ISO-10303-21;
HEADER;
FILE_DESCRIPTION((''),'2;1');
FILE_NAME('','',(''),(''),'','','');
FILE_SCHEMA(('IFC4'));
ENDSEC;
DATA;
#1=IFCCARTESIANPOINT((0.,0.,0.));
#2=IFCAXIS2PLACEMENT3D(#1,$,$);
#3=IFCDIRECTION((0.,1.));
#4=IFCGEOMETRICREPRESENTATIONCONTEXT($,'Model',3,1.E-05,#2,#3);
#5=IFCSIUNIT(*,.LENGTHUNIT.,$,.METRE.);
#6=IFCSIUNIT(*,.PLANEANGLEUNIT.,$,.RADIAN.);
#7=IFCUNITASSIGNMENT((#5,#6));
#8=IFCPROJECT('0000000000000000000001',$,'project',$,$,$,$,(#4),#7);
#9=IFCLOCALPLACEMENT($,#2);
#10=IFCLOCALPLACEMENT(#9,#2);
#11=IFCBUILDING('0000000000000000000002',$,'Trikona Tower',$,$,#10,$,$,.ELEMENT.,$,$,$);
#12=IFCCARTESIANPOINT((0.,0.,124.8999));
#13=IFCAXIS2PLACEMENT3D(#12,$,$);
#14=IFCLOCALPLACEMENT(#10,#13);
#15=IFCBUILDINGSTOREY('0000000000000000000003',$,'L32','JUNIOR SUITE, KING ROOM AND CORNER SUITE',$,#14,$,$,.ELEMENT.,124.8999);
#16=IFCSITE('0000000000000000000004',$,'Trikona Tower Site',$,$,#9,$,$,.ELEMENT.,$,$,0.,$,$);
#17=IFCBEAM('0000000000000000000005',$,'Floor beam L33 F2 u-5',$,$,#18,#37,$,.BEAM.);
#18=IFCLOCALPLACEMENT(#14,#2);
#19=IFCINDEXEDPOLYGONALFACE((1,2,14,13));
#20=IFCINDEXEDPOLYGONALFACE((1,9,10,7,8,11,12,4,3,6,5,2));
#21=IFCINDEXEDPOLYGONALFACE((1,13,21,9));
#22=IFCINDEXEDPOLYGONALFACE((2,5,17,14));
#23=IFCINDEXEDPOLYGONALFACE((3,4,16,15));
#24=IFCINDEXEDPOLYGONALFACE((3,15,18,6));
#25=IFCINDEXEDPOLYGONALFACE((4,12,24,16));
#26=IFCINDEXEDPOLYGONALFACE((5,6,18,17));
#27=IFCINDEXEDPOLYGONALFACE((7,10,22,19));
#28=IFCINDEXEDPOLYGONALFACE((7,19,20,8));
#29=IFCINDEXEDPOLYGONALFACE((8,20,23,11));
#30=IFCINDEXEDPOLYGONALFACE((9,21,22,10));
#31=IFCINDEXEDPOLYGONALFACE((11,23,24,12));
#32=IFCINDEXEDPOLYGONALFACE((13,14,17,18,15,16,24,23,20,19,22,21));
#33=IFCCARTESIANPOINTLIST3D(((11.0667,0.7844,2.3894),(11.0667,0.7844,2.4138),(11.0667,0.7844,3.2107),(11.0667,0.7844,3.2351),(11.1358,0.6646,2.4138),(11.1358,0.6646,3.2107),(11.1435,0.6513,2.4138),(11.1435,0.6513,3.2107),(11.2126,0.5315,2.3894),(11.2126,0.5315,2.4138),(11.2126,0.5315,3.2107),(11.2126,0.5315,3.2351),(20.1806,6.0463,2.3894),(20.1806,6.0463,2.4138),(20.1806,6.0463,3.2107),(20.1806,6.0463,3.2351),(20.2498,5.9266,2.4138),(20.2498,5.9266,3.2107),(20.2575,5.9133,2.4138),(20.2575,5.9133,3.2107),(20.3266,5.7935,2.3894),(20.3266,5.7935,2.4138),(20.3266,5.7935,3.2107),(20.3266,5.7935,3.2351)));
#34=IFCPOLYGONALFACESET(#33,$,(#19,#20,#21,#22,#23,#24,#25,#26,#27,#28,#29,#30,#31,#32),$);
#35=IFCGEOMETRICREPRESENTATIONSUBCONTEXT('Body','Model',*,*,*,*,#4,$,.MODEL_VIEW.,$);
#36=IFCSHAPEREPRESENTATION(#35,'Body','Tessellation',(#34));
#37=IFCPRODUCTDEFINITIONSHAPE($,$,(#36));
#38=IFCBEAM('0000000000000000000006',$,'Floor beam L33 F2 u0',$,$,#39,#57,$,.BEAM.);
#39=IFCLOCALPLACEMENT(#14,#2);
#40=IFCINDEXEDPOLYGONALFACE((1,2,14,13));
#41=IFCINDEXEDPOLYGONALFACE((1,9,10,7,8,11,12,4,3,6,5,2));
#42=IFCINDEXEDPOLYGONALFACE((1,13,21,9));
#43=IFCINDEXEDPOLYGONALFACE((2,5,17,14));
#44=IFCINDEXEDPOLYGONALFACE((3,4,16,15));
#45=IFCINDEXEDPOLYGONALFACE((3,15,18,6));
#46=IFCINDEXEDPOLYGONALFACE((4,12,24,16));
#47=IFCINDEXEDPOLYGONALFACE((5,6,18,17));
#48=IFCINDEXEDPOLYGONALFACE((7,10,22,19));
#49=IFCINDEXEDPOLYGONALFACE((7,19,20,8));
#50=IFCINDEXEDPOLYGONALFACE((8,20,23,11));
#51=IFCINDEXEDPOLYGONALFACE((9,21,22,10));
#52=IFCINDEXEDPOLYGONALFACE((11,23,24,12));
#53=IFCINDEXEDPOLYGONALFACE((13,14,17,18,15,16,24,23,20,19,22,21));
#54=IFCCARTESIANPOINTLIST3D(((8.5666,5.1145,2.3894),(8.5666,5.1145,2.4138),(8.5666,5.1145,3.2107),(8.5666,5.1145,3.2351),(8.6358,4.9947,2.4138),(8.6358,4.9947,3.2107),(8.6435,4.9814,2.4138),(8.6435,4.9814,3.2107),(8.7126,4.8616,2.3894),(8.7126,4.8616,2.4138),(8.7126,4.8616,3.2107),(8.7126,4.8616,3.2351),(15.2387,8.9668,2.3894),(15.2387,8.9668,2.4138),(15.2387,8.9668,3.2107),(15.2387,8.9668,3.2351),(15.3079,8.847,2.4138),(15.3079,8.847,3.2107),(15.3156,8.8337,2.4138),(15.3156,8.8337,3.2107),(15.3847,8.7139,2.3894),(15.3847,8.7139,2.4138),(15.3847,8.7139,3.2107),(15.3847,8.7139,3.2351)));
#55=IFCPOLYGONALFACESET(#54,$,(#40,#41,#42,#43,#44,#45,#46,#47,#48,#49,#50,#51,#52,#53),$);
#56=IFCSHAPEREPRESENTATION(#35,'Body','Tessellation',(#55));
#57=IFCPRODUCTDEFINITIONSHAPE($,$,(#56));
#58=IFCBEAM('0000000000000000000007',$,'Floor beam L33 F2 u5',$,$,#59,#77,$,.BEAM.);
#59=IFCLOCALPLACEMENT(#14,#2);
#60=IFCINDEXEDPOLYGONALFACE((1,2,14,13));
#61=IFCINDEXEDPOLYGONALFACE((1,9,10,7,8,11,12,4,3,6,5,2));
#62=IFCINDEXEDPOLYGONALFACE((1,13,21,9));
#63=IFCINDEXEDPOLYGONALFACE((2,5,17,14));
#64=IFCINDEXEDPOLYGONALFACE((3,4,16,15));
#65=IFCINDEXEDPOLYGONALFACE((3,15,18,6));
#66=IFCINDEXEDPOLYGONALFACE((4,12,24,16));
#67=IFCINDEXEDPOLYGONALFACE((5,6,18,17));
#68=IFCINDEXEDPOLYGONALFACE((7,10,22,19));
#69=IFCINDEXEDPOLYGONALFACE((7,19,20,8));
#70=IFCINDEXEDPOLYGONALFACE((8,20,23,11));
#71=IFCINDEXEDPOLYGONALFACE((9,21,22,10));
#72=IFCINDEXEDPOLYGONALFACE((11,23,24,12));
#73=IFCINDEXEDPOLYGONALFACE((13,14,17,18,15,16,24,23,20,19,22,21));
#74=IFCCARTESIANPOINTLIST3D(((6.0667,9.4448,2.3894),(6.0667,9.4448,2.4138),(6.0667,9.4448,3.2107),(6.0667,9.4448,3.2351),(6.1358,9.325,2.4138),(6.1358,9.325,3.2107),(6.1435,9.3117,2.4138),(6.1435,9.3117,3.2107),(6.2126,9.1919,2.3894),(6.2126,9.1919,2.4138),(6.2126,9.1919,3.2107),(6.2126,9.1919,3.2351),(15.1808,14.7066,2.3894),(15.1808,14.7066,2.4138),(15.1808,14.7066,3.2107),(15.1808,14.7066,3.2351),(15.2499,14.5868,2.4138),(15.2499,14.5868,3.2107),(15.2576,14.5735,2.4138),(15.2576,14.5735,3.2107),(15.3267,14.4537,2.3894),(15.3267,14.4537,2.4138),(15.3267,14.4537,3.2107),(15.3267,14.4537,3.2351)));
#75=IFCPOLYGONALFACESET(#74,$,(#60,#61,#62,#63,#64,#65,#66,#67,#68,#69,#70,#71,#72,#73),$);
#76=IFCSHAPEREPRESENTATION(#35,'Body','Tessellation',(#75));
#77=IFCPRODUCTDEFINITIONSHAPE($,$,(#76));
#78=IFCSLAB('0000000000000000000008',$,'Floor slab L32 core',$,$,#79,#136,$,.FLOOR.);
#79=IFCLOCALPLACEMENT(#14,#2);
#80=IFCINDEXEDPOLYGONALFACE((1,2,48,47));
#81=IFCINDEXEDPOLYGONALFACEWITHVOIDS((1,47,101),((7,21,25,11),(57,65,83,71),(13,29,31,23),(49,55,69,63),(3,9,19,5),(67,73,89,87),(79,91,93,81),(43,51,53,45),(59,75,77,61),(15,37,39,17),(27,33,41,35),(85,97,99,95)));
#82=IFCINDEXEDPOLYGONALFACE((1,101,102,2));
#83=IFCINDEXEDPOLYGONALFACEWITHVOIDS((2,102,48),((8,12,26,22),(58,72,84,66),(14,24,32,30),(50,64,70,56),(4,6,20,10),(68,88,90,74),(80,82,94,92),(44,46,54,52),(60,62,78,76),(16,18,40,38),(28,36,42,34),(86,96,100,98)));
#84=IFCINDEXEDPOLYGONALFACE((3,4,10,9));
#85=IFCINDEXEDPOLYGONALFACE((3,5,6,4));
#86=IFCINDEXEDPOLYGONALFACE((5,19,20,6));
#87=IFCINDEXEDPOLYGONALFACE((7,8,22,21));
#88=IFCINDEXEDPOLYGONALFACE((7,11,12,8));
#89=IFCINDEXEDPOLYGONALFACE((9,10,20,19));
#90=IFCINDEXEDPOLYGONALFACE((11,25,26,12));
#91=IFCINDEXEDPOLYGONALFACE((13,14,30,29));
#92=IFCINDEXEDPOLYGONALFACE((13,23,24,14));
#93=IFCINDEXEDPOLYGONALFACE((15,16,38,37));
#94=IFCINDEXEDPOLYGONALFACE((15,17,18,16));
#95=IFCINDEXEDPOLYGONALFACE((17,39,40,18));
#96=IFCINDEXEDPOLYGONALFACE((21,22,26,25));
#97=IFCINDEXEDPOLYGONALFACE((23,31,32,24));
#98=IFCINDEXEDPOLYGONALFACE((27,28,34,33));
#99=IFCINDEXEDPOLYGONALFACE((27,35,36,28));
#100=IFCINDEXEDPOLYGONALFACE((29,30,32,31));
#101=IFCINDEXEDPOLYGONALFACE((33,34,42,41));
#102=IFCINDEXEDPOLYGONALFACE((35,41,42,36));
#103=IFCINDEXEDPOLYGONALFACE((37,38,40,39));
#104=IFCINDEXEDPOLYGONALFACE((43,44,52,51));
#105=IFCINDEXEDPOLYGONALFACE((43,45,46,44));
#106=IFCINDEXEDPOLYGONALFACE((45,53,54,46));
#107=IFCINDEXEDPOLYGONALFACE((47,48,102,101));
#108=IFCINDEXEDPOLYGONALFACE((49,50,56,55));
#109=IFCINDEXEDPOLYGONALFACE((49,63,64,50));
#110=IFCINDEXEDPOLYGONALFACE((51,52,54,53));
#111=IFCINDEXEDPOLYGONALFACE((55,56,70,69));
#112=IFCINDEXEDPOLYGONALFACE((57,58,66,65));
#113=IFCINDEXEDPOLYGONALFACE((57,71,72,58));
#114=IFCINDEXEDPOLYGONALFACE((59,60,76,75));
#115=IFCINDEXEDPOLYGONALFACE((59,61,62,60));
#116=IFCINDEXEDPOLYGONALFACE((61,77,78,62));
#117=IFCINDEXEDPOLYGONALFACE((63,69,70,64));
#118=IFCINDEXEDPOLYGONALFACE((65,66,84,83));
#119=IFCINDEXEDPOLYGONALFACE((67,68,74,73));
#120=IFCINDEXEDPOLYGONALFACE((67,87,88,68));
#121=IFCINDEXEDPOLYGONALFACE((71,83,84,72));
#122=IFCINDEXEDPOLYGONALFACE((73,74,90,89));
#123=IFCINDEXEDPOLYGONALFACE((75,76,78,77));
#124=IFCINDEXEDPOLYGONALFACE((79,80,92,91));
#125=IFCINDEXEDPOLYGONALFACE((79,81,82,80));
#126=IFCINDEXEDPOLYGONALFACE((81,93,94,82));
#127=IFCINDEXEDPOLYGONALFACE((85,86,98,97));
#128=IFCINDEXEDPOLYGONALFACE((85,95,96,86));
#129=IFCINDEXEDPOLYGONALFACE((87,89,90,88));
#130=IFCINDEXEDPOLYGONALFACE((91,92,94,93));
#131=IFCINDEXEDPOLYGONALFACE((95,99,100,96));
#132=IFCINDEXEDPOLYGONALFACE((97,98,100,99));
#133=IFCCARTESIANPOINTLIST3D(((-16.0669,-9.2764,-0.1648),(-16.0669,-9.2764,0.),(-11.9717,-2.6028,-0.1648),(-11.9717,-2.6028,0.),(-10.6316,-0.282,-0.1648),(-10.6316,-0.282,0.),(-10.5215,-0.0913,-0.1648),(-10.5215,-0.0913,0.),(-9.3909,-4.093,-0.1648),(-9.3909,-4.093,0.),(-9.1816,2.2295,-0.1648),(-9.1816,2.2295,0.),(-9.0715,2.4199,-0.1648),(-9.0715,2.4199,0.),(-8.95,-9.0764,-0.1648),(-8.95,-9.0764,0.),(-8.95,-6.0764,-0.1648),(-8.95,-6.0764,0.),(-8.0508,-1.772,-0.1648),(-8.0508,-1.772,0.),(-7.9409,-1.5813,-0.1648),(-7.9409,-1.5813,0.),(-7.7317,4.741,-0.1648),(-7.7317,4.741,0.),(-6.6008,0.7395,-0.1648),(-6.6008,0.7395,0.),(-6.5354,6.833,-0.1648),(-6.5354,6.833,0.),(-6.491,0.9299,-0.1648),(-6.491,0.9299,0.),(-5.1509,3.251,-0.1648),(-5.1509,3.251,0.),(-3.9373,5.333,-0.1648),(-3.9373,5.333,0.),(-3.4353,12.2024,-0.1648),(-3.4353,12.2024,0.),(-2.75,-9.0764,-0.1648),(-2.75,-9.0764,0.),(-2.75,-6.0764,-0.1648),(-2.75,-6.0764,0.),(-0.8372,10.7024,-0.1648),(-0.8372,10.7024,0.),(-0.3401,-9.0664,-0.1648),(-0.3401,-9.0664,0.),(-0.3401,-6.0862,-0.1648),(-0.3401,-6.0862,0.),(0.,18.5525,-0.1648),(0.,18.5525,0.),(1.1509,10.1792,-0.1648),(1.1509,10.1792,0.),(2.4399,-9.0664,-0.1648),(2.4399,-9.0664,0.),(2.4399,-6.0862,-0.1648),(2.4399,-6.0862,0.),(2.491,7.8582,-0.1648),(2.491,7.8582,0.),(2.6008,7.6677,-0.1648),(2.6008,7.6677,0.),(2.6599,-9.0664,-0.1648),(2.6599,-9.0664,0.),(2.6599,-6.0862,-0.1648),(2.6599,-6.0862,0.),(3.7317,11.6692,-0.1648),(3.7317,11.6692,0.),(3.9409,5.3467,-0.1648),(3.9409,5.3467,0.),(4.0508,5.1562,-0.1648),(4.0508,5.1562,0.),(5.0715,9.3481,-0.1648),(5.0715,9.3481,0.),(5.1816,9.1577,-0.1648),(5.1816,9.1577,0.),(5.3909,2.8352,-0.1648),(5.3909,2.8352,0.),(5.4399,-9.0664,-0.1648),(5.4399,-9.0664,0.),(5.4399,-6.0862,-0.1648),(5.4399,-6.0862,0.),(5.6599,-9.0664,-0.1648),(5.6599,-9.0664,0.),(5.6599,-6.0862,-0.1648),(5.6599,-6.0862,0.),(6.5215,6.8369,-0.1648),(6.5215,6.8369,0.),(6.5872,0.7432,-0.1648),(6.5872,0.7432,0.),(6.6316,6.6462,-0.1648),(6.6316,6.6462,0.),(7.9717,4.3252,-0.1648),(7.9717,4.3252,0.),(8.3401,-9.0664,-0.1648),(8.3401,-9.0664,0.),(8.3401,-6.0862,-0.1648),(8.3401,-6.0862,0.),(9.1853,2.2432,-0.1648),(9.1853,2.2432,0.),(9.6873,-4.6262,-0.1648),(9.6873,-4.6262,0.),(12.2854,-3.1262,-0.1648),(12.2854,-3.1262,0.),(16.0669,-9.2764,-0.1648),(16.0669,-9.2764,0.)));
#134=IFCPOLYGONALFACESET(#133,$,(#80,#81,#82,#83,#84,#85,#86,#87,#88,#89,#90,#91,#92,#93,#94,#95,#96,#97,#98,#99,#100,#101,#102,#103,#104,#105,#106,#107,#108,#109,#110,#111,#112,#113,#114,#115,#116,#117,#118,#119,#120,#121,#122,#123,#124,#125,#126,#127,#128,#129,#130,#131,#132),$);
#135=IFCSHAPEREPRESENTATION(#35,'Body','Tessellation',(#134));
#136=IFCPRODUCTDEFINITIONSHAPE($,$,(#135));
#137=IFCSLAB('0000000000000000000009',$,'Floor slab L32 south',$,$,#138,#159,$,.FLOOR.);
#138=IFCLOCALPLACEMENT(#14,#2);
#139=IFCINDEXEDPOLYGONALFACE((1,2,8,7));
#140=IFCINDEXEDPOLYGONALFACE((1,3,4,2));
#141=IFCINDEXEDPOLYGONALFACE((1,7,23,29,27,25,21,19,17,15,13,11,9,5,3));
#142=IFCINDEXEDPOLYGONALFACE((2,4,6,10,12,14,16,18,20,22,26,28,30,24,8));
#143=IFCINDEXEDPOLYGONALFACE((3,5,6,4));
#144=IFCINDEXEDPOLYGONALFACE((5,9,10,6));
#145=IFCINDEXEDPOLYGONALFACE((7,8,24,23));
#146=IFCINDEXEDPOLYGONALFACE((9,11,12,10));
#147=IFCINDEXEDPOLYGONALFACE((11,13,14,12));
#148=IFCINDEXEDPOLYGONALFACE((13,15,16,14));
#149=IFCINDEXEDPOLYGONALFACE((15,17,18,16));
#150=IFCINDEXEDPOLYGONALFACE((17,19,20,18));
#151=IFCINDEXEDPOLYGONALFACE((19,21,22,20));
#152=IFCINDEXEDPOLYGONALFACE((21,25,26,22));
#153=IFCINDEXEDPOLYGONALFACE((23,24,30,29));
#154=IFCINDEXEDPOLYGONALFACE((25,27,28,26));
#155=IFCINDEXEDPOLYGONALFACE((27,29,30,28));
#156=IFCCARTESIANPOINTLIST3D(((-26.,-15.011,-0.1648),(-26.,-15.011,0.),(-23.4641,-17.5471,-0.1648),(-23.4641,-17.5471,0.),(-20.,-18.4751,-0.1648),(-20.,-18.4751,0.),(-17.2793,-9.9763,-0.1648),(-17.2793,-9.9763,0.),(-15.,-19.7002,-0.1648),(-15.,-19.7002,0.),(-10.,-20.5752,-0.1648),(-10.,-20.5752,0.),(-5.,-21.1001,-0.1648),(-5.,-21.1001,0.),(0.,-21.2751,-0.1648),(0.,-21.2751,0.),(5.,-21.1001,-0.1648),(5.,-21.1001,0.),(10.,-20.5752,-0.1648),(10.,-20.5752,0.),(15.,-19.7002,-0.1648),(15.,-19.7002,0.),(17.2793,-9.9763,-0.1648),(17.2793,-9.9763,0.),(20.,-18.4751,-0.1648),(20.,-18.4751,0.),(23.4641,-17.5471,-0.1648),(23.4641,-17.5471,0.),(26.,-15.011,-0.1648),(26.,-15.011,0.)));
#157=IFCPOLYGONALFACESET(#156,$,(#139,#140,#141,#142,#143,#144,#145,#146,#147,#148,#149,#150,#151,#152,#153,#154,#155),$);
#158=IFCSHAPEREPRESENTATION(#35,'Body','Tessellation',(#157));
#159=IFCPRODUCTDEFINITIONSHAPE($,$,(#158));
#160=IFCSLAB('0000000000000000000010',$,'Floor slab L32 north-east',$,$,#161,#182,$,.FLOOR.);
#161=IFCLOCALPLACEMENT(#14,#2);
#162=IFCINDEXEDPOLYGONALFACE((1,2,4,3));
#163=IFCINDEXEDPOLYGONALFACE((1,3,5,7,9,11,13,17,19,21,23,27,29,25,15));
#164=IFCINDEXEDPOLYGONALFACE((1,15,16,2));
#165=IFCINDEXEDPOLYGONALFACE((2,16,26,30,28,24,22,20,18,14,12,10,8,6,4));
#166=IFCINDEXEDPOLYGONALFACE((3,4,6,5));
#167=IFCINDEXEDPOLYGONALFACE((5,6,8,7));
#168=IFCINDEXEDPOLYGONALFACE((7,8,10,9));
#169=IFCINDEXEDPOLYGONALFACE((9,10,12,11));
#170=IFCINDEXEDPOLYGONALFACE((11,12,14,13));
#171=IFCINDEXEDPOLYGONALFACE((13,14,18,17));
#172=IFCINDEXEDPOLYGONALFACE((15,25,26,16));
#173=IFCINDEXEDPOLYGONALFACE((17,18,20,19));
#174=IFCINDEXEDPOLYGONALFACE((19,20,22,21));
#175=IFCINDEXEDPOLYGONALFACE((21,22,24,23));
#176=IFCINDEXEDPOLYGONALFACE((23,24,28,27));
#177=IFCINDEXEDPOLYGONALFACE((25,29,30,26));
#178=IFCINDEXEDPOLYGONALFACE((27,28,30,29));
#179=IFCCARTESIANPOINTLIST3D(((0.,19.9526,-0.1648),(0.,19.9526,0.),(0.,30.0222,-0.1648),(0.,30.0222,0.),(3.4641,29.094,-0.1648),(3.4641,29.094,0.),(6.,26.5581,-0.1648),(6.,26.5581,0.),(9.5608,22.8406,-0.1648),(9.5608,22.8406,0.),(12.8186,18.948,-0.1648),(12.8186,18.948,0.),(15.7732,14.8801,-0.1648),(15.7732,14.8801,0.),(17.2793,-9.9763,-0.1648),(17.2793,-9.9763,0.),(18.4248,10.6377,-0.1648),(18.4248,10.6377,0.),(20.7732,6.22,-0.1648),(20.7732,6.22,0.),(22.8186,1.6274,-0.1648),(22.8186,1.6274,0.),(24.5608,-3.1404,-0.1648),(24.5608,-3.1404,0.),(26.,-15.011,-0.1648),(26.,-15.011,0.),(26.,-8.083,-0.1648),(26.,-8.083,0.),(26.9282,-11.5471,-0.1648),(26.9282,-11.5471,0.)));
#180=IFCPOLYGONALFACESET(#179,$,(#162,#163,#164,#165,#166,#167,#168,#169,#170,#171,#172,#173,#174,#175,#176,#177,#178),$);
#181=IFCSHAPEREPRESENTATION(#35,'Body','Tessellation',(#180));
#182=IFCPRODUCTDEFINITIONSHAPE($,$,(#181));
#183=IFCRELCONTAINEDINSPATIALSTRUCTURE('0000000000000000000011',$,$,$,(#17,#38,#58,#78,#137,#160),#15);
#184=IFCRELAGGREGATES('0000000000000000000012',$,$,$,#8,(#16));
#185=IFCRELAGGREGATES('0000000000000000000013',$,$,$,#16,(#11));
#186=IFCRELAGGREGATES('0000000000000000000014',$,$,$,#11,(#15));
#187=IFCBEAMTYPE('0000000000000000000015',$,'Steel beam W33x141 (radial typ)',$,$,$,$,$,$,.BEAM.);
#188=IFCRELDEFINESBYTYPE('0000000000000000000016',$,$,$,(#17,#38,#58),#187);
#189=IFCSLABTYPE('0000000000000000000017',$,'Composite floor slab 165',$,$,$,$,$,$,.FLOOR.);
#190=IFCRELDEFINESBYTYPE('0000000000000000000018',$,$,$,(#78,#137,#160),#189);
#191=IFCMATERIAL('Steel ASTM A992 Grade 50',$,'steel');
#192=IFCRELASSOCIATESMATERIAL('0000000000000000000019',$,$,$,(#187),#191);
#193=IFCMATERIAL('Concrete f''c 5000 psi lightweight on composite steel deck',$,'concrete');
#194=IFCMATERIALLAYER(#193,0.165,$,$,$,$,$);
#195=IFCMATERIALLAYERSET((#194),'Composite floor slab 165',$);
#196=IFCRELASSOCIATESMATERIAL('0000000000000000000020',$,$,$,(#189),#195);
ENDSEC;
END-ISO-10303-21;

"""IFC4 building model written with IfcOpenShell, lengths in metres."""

from ifc_helpers import new_model, si_unit, direction, frame, origin, origin_2d, place, context, subcontext, project, spatial, polyline, i_section, outline, extrude, material, layer, layer_set, material_profile, profile_set, type_object, element, save


model = new_model("IFC4")

# Units and contexts
model_context = context("Model", 3, precision=1e-05, world=origin(), true_north=direction((0.0, 1.0)))
body_context = subcontext(model_context, "Body", "Model", "MODEL_VIEW")
ifc_project = project(units=[si_unit("LENGTHUNIT", "METRE"), si_unit("PLANEANGLEUNIT", "RADIAN")], contexts=[model_context])

# Site, building, storey
site_placement = place(None, origin())
site = spatial("IfcSite", under=ifc_project, at=site_placement, Name="Trikona Tower Site", CompositionType="ELEMENT", RefElevation=0.0)
building_placement = place(site_placement, origin())
building = spatial("IfcBuilding", under=site, at=building_placement, Name="Trikona Tower", CompositionType="ELEMENT")
storey_placement = place(building_placement, frame((0.0, 0.0, 124.8999)))
storey = spatial("IfcBuildingStorey", under=building, at=storey_placement, Name="L32", Description="JUNIOR SUITE, KING ROOM AND CORNER SUITE", CompositionType="ELEMENT", Elevation=124.8999)

# Beams
ifc_material_1 = material(Name="Steel ASTM A992 Grade 50", Category="steel")
ifc_material_profile = material_profile(ifc_material_1, i_section(OverallWidth=0.292, OverallDepth=0.8457, WebThickness=0.0154, FlangeThickness=0.0244, at=origin_2d()), Name="W33X141")
ifc_profile_set = profile_set([ifc_material_profile], Name="Steel ASTM A992 Grade 50")
beam_type = type_object("IfcBeamType", Name="Steel beam W33x141 (radial typ)", PredefinedType="BEAM", material=ifc_profile_set)
beam_1_placement = place(storey_placement, frame((11.1396, 0.658, 2.8123), z_axis=(0.866026, 0.499999, 0.0), x_axis=(-0.499999, 0.866026, 0.0)))
element("IfcBeam", 1, at=beam_1_placement, inside=storey, type_object=beam_type, Name="Floor beam L33 F2 u-5", PredefinedType="BEAM", context=body_context, shape_type="SweptSolid", body=[
    extrude(i_section(OverallWidth=0.292, OverallDepth=0.8457, WebThickness=0.0154, FlangeThickness=0.0244, at=origin_2d()), origin(), (0.0, 0.0, 1.0), 10.5239),
])
beam_2_placement = place(storey_placement, frame((8.6396, 4.988, 2.8123), z_axis=(0.866017, 0.500014, 0.0), x_axis=(-0.500014, 0.866017, 0.0)))
element("IfcBeam", 2, at=beam_2_placement, inside=storey, type_object=beam_type, Name="Floor beam L33 F2 u0", PredefinedType="BEAM", context=body_context, shape_type="SweptSolid", body=[
    extrude(i_section(OverallWidth=0.292, OverallDepth=0.8457, WebThickness=0.0154, FlangeThickness=0.0244, at=origin_2d()), origin(), (0.0, 0.0, 1.0), 7.7043),
])
beam_3_placement = place(storey_placement, frame((6.1396, 9.3184, 2.8123), z_axis=(0.866036, 0.499982, 0.0), x_axis=(-0.499982, 0.866036, 0.0)))
element("IfcBeam", 3, at=beam_3_placement, inside=storey, type_object=beam_type, Name="Floor beam L33 F2 u5", PredefinedType="BEAM", context=body_context, shape_type="SweptSolid", body=[
    extrude(i_section(OverallWidth=0.292, OverallDepth=0.8457, WebThickness=0.0154, FlangeThickness=0.0244, at=origin_2d()), origin(), (0.0, 0.0, 1.0), 10.5239),
])

# Slabs
ifc_material_2 = material(Name="Concrete f'c 5000 psi lightweight on composite steel deck", Category="concrete")
ifc_layer_1 = layer(ifc_material_2, 0.165)
ifc_layer_set_1 = layer_set([ifc_layer_1], Name="Composite floor slab 165")
slab_type_1 = type_object("IfcSlabType", Name="Composite floor slab 165", PredefinedType="FLOOR", material=ifc_layer_set_1)
slab_1_placement = place(storey_placement, frame((0.0, 0.0, -0.1648)))
element("IfcSlab", 4, at=slab_1_placement, inside=storey, type_object=slab_type_1, Name="Floor slab L32 core", PredefinedType="FLOOR", context=body_context, shape_type="SweptSolid", body=[
    extrude(outline(polyline([(-16.0669, -9.2764), (16.0669, -9.2764), (0.0, 18.5525), (-16.0669, -9.2764)]), holes=[polyline([(12.2854, -3.1262), (9.1853, 2.2432), (6.5872, 0.7432), (9.6873, -4.6262), (12.2854, -3.1262)]), polyline([(8.3401, -9.0664), (8.3401, -6.0862), (5.6599, -6.0862), (5.6599, -9.0664), (8.3401, -9.0664)]), polyline([(5.3909, 2.8352), (7.9717, 4.3252), (6.6316, 6.6462), (4.0508, 5.1562), (5.3909, 2.8352)]), polyline([(2.6008, 7.6677), (3.9409, 5.3467), (6.5215, 6.8369), (5.1816, 9.1577), (2.6008, 7.6677)]), polyline([(5.4399, -6.0862), (2.6599, -6.0862), (2.6599, -9.0664), (5.4399, -9.0664), (5.4399, -6.0862)]), polyline([(3.7317, 11.6692), (1.1509, 10.1792), (2.491, 7.8582), (5.0715, 9.3481), (3.7317, 11.6692)]), polyline([(-0.3401, -6.0862), (-0.3401, -9.0664), (2.4399, -9.0664), (2.4399, -6.0862), (-0.3401, -6.0862)]), polyline([(-3.4353, 12.2024), (-6.5354, 6.833), (-3.9373, 5.333), (-0.8372, 10.7024), (-3.4353, 12.2024)]), polyline([(-8.95, -9.0764), (-2.75, -9.0764), (-2.75, -6.0764), (-8.95, -6.0764), (-8.95, -9.0764)]), polyline([(-5.1509, 3.251), (-7.7317, 4.741), (-9.0715, 2.4199), (-6.491, 0.9299), (-5.1509, 3.251)]), polyline([(-7.9409, -1.5813), (-6.6008, 0.7395), (-9.1816, 2.2295), (-10.5215, -0.0913), (-7.9409, -1.5813)]), polyline([(-11.9717, -2.6028), (-9.3909, -4.093), (-8.0508, -1.772), (-10.6316, -0.282), (-11.9717, -2.6028)])]), origin(), (0.0, 0.0, 1.0), 0.1648),
])
slab_2_placement = place(storey_placement, frame((0.0, 0.0, -0.1648)))
element("IfcSlab", 5, at=slab_2_placement, inside=storey, type_object=slab_type_1, Name="Floor slab L32 south", PredefinedType="FLOOR", context=body_context, shape_type="SweptSolid", body=[
    extrude(outline(polyline([(23.4641, -17.5471), (26.0, -15.011), (17.2793, -9.9763), (-17.2793, -9.9763), (-26.0, -15.011), (-23.4641, -17.5471), (-20.0, -18.4751), (-15.0, -19.7002), (-10.0, -20.5752), (-5.0, -21.1001), (0.0, -21.2751), (5.0, -21.1001), (10.0, -20.5752), (15.0, -19.7002), (20.0, -18.4751), (23.4641, -17.5471)])), origin(), (0.0, 0.0, 1.0), 0.1648),
])
slab_3_placement = place(storey_placement, frame((0.0, 0.0, -0.1648)))
element("IfcSlab", 6, at=slab_3_placement, inside=storey, type_object=slab_type_1, Name="Floor slab L32 north-east", PredefinedType="FLOOR", context=body_context, shape_type="SweptSolid", body=[
    extrude(outline(polyline([(3.4641, 29.094), (0.0, 30.0222), (0.0, 19.9526), (17.2793, -9.9763), (26.0, -15.011), (26.9282, -11.5471), (26.0, -8.083), (24.5608, -3.1404), (22.8186, 1.6274), (20.7732, 6.22), (18.4248, 10.6377), (15.7732, 14.8801), (12.8186, 18.948), (9.5608, 22.8406), (6.0, 26.5581), (3.4641, 29.094)])), origin(), (0.0, 0.0, 1.0), 0.1648),
])

save(model, "model.ifc")
